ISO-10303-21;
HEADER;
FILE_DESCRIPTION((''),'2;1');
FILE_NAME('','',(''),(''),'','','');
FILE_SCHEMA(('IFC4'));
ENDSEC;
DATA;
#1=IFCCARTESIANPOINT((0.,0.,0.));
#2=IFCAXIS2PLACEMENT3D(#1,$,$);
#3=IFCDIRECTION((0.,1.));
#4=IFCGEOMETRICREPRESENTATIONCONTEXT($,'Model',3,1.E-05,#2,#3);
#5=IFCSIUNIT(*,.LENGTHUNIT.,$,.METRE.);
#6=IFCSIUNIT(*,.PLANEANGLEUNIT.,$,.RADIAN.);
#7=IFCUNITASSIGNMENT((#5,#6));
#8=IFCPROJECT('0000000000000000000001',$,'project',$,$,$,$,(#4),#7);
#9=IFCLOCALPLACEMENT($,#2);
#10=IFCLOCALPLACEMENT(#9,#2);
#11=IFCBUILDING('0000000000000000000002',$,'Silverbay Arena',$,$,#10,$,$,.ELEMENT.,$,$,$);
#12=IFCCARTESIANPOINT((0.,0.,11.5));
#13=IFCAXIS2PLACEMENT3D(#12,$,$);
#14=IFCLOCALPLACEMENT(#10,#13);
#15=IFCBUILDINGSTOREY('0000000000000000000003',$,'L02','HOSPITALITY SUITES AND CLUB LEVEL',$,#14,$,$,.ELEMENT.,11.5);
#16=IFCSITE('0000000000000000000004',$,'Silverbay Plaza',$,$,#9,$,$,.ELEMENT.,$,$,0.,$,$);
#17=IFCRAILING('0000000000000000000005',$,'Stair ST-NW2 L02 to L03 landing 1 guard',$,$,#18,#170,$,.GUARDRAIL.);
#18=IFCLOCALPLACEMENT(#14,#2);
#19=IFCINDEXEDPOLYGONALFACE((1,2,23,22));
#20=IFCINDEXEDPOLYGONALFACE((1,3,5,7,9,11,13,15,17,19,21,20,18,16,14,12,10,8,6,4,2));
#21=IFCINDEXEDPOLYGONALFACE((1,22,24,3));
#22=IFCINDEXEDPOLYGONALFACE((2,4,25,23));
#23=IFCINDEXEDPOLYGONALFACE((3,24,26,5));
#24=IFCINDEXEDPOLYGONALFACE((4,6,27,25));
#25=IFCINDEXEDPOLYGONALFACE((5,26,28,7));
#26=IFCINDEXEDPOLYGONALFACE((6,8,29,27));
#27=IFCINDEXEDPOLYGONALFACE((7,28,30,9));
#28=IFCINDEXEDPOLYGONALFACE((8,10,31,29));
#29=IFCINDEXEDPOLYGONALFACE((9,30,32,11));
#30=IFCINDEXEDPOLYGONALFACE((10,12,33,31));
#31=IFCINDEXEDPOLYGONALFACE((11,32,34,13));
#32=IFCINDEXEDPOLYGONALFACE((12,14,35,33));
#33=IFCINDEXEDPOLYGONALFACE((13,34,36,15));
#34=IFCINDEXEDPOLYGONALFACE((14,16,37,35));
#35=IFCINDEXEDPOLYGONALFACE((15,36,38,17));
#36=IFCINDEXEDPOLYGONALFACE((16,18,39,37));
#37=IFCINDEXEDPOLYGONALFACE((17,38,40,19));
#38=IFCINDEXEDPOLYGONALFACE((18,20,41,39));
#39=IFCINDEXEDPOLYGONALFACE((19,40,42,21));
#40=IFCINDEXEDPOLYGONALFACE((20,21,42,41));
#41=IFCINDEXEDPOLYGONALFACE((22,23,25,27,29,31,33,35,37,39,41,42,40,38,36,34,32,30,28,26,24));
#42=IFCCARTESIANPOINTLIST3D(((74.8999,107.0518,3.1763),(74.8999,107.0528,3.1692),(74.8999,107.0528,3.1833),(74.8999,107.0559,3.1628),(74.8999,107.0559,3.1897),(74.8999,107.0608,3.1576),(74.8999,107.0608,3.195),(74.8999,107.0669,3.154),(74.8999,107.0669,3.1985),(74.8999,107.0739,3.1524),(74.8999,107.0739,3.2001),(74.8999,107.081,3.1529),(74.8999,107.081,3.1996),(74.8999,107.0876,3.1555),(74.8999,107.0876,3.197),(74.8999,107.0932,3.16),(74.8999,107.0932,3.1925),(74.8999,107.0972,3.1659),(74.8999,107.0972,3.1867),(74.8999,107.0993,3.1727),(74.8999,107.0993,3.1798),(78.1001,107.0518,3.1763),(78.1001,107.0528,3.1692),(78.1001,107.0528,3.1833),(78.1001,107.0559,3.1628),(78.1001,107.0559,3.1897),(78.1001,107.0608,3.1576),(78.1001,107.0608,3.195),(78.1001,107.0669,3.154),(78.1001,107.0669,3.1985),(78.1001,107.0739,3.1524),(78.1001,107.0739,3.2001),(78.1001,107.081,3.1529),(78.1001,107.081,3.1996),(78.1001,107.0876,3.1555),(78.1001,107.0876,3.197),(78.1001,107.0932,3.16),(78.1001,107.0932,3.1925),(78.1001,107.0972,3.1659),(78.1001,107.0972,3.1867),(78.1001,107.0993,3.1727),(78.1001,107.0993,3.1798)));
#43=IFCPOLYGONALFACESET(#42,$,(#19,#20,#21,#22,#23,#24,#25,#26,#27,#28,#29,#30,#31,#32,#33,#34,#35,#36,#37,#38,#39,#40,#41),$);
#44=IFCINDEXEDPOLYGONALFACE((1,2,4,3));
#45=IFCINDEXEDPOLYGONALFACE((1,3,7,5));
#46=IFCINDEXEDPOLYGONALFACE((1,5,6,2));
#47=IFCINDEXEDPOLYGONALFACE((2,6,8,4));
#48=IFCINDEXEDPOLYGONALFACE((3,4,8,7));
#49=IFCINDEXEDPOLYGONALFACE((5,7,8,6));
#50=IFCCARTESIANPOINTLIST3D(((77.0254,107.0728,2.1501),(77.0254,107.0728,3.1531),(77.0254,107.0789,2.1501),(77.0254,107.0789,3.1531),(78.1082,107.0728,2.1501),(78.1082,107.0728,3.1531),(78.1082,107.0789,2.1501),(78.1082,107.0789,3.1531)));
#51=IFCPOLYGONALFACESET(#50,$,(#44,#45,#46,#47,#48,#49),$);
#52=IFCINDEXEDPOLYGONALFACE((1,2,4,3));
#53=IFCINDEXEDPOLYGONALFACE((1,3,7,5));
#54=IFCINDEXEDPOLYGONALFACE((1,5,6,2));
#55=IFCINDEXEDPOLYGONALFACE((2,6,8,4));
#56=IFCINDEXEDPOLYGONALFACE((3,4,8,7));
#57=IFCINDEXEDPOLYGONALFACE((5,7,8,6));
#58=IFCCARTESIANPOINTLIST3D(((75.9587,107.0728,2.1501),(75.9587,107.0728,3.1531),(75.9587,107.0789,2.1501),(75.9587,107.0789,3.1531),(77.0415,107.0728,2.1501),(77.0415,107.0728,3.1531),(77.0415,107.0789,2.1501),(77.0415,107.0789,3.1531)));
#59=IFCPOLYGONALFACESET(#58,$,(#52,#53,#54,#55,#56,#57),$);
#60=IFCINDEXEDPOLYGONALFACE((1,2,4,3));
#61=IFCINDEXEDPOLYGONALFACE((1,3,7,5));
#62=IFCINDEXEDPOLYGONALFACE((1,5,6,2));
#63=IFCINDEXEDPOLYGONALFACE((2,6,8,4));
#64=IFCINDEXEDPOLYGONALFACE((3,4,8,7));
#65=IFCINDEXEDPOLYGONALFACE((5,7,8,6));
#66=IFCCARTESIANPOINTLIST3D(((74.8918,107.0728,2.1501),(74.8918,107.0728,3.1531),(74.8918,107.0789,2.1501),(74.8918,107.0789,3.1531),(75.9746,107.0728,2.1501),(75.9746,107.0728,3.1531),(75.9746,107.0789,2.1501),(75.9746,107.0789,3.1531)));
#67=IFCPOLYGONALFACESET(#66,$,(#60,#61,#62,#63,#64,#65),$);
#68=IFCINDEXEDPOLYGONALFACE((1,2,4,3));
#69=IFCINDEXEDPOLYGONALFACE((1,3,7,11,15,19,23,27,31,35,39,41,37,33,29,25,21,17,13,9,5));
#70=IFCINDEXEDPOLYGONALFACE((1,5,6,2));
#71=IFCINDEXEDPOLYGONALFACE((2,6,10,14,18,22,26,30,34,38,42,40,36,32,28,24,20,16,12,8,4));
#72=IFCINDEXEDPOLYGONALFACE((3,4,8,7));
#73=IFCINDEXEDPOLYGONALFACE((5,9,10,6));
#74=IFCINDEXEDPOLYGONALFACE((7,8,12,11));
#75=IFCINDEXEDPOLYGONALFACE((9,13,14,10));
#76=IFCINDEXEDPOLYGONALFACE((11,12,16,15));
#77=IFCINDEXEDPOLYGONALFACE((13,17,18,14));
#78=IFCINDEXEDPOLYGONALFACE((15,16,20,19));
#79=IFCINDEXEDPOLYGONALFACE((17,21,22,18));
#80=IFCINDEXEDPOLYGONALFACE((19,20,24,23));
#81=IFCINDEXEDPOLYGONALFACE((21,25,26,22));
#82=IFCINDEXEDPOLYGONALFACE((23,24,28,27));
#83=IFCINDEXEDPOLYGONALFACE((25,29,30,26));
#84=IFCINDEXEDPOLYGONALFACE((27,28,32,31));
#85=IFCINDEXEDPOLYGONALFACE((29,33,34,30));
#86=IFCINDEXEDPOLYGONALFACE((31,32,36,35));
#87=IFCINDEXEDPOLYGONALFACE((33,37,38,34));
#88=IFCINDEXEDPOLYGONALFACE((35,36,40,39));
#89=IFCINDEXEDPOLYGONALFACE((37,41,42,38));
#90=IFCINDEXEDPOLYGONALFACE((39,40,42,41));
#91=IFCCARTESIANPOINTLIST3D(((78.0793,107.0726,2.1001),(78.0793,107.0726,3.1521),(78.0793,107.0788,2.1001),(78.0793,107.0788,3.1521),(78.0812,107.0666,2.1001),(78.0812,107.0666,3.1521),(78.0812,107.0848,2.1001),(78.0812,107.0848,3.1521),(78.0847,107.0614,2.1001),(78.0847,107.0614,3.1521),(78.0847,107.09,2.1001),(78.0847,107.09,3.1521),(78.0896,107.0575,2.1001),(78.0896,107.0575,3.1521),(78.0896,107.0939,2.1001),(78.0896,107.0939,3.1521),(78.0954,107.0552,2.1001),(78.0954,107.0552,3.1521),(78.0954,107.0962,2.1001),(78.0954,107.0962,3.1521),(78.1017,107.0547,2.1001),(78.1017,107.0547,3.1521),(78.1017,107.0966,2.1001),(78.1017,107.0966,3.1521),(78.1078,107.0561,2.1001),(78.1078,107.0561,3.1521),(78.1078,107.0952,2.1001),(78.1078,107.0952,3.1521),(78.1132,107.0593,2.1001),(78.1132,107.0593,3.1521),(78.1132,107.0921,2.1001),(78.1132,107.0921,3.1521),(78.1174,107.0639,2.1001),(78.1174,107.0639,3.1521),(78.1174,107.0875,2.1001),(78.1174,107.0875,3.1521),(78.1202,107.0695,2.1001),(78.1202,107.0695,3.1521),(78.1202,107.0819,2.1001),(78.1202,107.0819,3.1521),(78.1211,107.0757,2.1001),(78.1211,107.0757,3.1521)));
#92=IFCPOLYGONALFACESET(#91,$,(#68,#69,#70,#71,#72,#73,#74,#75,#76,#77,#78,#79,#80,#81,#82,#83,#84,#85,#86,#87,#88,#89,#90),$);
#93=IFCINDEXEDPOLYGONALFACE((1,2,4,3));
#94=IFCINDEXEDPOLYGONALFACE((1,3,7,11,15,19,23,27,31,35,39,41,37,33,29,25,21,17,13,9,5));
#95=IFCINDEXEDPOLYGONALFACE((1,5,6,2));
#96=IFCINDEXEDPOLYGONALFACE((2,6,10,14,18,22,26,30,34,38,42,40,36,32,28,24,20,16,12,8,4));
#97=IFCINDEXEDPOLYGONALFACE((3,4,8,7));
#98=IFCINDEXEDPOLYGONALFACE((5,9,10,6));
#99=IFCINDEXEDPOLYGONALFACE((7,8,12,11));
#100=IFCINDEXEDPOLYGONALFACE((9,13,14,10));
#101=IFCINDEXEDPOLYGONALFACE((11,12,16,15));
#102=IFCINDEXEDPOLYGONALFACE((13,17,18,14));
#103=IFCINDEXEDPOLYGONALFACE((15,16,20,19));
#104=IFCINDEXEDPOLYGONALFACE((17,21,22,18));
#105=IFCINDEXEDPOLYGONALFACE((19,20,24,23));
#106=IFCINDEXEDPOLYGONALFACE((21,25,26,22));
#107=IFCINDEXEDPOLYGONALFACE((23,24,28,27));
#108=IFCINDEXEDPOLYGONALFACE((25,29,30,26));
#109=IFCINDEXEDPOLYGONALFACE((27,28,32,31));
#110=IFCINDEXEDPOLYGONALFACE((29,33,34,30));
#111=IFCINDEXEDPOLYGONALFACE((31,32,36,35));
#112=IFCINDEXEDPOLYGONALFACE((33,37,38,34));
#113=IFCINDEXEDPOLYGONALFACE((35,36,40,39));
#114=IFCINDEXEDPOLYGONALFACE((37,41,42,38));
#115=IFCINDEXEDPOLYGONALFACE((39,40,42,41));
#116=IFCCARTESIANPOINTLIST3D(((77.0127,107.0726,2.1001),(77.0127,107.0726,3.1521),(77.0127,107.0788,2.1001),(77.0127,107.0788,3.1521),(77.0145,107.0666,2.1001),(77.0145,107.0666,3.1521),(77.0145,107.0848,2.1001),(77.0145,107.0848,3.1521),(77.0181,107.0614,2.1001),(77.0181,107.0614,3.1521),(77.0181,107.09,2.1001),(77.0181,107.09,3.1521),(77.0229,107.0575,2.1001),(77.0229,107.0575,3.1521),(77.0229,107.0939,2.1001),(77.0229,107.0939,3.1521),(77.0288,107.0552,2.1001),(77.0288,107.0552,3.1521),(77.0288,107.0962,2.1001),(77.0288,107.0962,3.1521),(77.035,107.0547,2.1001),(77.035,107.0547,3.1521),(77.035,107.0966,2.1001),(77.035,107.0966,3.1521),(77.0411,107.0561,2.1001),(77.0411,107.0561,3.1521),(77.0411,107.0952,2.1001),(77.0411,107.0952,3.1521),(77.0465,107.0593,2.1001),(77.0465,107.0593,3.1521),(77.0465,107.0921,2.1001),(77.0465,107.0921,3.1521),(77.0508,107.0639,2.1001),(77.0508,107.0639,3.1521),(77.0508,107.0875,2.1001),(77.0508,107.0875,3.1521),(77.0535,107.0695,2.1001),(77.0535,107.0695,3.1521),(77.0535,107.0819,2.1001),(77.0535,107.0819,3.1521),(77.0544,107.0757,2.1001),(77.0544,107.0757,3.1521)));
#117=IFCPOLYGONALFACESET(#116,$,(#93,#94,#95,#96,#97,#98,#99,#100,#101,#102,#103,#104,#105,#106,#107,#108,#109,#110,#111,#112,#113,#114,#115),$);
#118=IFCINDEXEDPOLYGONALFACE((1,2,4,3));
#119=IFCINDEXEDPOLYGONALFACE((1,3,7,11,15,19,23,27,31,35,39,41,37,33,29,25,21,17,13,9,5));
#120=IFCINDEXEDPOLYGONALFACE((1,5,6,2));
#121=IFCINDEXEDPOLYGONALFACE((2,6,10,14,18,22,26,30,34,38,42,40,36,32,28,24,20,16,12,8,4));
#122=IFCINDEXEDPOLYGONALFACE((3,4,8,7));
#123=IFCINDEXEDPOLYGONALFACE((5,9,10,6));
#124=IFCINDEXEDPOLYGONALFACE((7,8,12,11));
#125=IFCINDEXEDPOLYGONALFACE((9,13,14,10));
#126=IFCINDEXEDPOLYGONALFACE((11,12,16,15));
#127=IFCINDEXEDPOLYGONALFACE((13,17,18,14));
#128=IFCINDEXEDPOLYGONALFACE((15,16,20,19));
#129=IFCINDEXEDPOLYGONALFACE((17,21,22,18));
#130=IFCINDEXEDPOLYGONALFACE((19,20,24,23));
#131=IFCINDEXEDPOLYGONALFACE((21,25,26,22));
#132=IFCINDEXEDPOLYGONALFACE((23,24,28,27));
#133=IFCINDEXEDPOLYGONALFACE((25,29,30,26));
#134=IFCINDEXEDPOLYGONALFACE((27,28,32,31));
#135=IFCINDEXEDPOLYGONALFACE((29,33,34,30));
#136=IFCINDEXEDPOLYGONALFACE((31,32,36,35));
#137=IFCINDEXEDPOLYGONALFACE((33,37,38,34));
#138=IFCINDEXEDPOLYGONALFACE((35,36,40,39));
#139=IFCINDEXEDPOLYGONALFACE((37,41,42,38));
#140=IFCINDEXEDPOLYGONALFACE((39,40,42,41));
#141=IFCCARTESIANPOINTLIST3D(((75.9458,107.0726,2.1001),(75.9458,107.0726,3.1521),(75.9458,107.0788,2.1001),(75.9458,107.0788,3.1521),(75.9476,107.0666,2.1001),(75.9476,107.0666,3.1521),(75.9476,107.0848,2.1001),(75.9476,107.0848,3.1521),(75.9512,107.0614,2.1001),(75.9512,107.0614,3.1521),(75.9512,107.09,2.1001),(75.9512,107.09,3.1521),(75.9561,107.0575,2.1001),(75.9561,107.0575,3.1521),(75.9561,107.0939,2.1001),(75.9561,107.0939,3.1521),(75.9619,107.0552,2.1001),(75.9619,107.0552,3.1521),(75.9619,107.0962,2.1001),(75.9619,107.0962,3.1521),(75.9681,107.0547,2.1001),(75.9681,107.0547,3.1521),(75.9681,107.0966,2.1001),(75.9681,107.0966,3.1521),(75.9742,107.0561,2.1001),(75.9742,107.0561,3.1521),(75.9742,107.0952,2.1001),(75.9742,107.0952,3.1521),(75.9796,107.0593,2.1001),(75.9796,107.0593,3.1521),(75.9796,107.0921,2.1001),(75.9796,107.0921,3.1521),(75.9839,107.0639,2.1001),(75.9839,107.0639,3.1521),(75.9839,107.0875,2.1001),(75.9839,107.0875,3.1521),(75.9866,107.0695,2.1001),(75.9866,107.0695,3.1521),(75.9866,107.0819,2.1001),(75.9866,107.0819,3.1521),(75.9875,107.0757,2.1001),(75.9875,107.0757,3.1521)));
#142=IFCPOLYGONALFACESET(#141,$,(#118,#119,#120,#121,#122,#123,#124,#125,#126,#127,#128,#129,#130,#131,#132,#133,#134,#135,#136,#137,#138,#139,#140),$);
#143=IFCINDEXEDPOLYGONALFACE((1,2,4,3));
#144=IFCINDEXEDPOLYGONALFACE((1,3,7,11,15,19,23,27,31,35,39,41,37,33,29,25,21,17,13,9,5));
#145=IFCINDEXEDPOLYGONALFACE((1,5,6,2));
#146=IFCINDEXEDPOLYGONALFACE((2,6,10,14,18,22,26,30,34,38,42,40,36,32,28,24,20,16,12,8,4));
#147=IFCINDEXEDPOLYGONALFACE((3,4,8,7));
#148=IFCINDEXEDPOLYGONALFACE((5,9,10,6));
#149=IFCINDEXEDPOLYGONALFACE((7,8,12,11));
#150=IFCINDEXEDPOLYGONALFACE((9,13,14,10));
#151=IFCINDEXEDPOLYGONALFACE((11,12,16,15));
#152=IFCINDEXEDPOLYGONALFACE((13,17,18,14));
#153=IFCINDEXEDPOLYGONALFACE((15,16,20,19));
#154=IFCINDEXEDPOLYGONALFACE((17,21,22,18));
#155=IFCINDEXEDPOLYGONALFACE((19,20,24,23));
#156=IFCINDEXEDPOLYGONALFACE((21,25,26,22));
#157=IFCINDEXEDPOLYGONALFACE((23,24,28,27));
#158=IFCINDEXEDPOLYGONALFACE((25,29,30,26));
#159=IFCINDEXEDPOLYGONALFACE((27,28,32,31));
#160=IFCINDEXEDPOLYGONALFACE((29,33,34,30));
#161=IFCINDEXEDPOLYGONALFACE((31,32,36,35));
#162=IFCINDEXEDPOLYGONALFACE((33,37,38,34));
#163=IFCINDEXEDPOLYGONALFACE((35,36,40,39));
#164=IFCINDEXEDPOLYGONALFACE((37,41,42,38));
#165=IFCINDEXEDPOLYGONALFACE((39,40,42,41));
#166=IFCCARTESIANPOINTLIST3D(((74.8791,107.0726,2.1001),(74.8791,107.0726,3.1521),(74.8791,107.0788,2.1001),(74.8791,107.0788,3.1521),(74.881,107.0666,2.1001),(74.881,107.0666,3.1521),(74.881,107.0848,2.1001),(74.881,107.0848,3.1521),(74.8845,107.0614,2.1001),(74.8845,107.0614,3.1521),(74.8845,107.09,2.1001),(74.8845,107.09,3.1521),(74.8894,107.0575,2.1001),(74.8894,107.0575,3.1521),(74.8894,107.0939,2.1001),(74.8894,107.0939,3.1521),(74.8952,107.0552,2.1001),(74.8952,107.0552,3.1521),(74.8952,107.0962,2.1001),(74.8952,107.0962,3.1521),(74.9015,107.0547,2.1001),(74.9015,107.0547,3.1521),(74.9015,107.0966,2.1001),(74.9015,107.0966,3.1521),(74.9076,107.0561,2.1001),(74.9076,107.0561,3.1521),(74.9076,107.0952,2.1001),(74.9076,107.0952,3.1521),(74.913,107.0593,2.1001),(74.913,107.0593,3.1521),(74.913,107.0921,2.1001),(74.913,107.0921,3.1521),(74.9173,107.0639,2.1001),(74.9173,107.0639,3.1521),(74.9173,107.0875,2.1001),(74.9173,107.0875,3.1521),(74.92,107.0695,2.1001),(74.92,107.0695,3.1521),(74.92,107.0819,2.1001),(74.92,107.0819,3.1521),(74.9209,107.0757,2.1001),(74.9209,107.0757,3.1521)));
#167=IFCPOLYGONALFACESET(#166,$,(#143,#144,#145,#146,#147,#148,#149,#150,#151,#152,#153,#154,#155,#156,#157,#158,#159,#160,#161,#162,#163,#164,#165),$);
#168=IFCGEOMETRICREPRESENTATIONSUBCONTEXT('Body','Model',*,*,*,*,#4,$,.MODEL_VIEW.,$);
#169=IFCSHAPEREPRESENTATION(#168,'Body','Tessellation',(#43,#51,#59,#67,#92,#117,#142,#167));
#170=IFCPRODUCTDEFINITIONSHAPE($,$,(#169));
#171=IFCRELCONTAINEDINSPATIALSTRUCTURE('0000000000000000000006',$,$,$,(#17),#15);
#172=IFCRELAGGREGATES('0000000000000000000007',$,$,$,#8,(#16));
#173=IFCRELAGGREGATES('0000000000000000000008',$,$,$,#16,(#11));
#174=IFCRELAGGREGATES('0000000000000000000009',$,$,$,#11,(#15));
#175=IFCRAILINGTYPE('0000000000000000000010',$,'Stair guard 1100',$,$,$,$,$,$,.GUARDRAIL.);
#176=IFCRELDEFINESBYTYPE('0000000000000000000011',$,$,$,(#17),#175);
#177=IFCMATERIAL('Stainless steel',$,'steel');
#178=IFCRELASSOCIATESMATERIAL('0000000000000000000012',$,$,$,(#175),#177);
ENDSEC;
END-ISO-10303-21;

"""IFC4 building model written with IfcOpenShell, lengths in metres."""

from ifc_helpers import new_model, si_unit, direction, frame, origin, origin_2d, place, context, subcontext, project, spatial, polyline, circle, outline, extrude, material, type_object, element, save


model = new_model("IFC4")

# Units and contexts
model_context = context("Model", 3, precision=1e-05, world=origin(), true_north=direction((0.0, 1.0)))
body_context = subcontext(model_context, "Body", "Model", "MODEL_VIEW")
ifc_project = project(units=[si_unit("LENGTHUNIT", "METRE"), si_unit("PLANEANGLEUNIT", "RADIAN")], contexts=[model_context])

# Site, building, storey
site_placement = place(None, origin())
site = spatial("IfcSite", under=ifc_project, at=site_placement, Name="Silverbay Plaza", CompositionType="ELEMENT", RefElevation=0.0)
building_placement = place(site_placement, origin())
building = spatial("IfcBuilding", under=site, at=building_placement, Name="Silverbay Arena", CompositionType="ELEMENT")
storey_placement = place(building_placement, frame((0.0, 0.0, 11.5)))
storey = spatial("IfcBuildingStorey", under=building, at=storey_placement, Name="L02", Description="HOSPITALITY SUITES AND CLUB LEVEL", CompositionType="ELEMENT", Elevation=11.5)

# Railing
ifc_material_1 = material(Name="Stainless steel", Category="steel")
railing_type_1 = type_object("IfcRailingType", Name="Stair guard 1100", PredefinedType="GUARDRAIL", material=ifc_material_1)
for number, where, name in (
    (1, (78.1001, 107.0757, 2.1001), "Stair ST-NW2 L02 to L03 landing 1 guard"),
):
    element("IfcRailing", number, at=place(storey_placement, frame(where)), inside=storey, type_object=railing_type_1, Name=name, PredefinedType="GUARDRAIL", context=body_context, shape_type="SweptSolid", body=[
        extrude(circle(Radius=0.0239, at=origin_2d()), frame((0.0, 0.0, 1.0762), z_axis=(-1.0, 0.0, 0.0), x_axis=(0.0, -1.0, 0.0)), (0.0, 0.0, 1.0), 3.2002),
        extrude(outline(polyline([(-0.0081, 0.05), (1.0747, 0.05), (1.0747, 1.053), (-0.0081, 1.053), (-0.0081, 0.05)])), frame((0.0, -0.0029, 0.0), z_axis=(0.0, 1.0, 0.0), x_axis=(-1.0, 0.0, 0.0)), (0.0, 0.0, 1.0), 0.0061),
        extrude(outline(polyline([(-0.0081, 0.05), (1.0747, 0.05), (1.0747, 1.053), (-0.0081, 1.053), (-0.0081, 0.05)])), frame((-1.0667, -0.0029, 0.0), z_axis=(0.0, 1.0, 0.0), x_axis=(-1.0, 0.0, 0.0)), (0.0, 0.0, 1.0), 0.0061),
        extrude(outline(polyline([(-0.0081, 0.05), (1.0747, 0.05), (1.0747, 1.053), (-0.0081, 1.053), (-0.0081, 0.05)])), frame((-2.1335, -0.0029, 0.0), z_axis=(0.0, 1.0, 0.0), x_axis=(-1.0, 0.0, 0.0)), (0.0, 0.0, 1.0), 0.0061),
        extrude(circle(Radius=0.021, at=origin_2d()), origin(), (0.0, 0.0, 1.0), 1.052),
        extrude(circle(Radius=0.021, at=origin_2d()), frame((-1.0667, 0.0, 0.0)), (0.0, 0.0, 1.0), 1.052),
        extrude(circle(Radius=0.021, at=origin_2d()), frame((-2.1335, 0.0, 0.0)), (0.0, 0.0, 1.0), 1.052),
        extrude(circle(Radius=0.021, at=origin_2d()), frame((-3.2002, 0.0, 0.0)), (0.0, 0.0, 1.0), 1.052),
    ])

save(model, "model.ifc")
